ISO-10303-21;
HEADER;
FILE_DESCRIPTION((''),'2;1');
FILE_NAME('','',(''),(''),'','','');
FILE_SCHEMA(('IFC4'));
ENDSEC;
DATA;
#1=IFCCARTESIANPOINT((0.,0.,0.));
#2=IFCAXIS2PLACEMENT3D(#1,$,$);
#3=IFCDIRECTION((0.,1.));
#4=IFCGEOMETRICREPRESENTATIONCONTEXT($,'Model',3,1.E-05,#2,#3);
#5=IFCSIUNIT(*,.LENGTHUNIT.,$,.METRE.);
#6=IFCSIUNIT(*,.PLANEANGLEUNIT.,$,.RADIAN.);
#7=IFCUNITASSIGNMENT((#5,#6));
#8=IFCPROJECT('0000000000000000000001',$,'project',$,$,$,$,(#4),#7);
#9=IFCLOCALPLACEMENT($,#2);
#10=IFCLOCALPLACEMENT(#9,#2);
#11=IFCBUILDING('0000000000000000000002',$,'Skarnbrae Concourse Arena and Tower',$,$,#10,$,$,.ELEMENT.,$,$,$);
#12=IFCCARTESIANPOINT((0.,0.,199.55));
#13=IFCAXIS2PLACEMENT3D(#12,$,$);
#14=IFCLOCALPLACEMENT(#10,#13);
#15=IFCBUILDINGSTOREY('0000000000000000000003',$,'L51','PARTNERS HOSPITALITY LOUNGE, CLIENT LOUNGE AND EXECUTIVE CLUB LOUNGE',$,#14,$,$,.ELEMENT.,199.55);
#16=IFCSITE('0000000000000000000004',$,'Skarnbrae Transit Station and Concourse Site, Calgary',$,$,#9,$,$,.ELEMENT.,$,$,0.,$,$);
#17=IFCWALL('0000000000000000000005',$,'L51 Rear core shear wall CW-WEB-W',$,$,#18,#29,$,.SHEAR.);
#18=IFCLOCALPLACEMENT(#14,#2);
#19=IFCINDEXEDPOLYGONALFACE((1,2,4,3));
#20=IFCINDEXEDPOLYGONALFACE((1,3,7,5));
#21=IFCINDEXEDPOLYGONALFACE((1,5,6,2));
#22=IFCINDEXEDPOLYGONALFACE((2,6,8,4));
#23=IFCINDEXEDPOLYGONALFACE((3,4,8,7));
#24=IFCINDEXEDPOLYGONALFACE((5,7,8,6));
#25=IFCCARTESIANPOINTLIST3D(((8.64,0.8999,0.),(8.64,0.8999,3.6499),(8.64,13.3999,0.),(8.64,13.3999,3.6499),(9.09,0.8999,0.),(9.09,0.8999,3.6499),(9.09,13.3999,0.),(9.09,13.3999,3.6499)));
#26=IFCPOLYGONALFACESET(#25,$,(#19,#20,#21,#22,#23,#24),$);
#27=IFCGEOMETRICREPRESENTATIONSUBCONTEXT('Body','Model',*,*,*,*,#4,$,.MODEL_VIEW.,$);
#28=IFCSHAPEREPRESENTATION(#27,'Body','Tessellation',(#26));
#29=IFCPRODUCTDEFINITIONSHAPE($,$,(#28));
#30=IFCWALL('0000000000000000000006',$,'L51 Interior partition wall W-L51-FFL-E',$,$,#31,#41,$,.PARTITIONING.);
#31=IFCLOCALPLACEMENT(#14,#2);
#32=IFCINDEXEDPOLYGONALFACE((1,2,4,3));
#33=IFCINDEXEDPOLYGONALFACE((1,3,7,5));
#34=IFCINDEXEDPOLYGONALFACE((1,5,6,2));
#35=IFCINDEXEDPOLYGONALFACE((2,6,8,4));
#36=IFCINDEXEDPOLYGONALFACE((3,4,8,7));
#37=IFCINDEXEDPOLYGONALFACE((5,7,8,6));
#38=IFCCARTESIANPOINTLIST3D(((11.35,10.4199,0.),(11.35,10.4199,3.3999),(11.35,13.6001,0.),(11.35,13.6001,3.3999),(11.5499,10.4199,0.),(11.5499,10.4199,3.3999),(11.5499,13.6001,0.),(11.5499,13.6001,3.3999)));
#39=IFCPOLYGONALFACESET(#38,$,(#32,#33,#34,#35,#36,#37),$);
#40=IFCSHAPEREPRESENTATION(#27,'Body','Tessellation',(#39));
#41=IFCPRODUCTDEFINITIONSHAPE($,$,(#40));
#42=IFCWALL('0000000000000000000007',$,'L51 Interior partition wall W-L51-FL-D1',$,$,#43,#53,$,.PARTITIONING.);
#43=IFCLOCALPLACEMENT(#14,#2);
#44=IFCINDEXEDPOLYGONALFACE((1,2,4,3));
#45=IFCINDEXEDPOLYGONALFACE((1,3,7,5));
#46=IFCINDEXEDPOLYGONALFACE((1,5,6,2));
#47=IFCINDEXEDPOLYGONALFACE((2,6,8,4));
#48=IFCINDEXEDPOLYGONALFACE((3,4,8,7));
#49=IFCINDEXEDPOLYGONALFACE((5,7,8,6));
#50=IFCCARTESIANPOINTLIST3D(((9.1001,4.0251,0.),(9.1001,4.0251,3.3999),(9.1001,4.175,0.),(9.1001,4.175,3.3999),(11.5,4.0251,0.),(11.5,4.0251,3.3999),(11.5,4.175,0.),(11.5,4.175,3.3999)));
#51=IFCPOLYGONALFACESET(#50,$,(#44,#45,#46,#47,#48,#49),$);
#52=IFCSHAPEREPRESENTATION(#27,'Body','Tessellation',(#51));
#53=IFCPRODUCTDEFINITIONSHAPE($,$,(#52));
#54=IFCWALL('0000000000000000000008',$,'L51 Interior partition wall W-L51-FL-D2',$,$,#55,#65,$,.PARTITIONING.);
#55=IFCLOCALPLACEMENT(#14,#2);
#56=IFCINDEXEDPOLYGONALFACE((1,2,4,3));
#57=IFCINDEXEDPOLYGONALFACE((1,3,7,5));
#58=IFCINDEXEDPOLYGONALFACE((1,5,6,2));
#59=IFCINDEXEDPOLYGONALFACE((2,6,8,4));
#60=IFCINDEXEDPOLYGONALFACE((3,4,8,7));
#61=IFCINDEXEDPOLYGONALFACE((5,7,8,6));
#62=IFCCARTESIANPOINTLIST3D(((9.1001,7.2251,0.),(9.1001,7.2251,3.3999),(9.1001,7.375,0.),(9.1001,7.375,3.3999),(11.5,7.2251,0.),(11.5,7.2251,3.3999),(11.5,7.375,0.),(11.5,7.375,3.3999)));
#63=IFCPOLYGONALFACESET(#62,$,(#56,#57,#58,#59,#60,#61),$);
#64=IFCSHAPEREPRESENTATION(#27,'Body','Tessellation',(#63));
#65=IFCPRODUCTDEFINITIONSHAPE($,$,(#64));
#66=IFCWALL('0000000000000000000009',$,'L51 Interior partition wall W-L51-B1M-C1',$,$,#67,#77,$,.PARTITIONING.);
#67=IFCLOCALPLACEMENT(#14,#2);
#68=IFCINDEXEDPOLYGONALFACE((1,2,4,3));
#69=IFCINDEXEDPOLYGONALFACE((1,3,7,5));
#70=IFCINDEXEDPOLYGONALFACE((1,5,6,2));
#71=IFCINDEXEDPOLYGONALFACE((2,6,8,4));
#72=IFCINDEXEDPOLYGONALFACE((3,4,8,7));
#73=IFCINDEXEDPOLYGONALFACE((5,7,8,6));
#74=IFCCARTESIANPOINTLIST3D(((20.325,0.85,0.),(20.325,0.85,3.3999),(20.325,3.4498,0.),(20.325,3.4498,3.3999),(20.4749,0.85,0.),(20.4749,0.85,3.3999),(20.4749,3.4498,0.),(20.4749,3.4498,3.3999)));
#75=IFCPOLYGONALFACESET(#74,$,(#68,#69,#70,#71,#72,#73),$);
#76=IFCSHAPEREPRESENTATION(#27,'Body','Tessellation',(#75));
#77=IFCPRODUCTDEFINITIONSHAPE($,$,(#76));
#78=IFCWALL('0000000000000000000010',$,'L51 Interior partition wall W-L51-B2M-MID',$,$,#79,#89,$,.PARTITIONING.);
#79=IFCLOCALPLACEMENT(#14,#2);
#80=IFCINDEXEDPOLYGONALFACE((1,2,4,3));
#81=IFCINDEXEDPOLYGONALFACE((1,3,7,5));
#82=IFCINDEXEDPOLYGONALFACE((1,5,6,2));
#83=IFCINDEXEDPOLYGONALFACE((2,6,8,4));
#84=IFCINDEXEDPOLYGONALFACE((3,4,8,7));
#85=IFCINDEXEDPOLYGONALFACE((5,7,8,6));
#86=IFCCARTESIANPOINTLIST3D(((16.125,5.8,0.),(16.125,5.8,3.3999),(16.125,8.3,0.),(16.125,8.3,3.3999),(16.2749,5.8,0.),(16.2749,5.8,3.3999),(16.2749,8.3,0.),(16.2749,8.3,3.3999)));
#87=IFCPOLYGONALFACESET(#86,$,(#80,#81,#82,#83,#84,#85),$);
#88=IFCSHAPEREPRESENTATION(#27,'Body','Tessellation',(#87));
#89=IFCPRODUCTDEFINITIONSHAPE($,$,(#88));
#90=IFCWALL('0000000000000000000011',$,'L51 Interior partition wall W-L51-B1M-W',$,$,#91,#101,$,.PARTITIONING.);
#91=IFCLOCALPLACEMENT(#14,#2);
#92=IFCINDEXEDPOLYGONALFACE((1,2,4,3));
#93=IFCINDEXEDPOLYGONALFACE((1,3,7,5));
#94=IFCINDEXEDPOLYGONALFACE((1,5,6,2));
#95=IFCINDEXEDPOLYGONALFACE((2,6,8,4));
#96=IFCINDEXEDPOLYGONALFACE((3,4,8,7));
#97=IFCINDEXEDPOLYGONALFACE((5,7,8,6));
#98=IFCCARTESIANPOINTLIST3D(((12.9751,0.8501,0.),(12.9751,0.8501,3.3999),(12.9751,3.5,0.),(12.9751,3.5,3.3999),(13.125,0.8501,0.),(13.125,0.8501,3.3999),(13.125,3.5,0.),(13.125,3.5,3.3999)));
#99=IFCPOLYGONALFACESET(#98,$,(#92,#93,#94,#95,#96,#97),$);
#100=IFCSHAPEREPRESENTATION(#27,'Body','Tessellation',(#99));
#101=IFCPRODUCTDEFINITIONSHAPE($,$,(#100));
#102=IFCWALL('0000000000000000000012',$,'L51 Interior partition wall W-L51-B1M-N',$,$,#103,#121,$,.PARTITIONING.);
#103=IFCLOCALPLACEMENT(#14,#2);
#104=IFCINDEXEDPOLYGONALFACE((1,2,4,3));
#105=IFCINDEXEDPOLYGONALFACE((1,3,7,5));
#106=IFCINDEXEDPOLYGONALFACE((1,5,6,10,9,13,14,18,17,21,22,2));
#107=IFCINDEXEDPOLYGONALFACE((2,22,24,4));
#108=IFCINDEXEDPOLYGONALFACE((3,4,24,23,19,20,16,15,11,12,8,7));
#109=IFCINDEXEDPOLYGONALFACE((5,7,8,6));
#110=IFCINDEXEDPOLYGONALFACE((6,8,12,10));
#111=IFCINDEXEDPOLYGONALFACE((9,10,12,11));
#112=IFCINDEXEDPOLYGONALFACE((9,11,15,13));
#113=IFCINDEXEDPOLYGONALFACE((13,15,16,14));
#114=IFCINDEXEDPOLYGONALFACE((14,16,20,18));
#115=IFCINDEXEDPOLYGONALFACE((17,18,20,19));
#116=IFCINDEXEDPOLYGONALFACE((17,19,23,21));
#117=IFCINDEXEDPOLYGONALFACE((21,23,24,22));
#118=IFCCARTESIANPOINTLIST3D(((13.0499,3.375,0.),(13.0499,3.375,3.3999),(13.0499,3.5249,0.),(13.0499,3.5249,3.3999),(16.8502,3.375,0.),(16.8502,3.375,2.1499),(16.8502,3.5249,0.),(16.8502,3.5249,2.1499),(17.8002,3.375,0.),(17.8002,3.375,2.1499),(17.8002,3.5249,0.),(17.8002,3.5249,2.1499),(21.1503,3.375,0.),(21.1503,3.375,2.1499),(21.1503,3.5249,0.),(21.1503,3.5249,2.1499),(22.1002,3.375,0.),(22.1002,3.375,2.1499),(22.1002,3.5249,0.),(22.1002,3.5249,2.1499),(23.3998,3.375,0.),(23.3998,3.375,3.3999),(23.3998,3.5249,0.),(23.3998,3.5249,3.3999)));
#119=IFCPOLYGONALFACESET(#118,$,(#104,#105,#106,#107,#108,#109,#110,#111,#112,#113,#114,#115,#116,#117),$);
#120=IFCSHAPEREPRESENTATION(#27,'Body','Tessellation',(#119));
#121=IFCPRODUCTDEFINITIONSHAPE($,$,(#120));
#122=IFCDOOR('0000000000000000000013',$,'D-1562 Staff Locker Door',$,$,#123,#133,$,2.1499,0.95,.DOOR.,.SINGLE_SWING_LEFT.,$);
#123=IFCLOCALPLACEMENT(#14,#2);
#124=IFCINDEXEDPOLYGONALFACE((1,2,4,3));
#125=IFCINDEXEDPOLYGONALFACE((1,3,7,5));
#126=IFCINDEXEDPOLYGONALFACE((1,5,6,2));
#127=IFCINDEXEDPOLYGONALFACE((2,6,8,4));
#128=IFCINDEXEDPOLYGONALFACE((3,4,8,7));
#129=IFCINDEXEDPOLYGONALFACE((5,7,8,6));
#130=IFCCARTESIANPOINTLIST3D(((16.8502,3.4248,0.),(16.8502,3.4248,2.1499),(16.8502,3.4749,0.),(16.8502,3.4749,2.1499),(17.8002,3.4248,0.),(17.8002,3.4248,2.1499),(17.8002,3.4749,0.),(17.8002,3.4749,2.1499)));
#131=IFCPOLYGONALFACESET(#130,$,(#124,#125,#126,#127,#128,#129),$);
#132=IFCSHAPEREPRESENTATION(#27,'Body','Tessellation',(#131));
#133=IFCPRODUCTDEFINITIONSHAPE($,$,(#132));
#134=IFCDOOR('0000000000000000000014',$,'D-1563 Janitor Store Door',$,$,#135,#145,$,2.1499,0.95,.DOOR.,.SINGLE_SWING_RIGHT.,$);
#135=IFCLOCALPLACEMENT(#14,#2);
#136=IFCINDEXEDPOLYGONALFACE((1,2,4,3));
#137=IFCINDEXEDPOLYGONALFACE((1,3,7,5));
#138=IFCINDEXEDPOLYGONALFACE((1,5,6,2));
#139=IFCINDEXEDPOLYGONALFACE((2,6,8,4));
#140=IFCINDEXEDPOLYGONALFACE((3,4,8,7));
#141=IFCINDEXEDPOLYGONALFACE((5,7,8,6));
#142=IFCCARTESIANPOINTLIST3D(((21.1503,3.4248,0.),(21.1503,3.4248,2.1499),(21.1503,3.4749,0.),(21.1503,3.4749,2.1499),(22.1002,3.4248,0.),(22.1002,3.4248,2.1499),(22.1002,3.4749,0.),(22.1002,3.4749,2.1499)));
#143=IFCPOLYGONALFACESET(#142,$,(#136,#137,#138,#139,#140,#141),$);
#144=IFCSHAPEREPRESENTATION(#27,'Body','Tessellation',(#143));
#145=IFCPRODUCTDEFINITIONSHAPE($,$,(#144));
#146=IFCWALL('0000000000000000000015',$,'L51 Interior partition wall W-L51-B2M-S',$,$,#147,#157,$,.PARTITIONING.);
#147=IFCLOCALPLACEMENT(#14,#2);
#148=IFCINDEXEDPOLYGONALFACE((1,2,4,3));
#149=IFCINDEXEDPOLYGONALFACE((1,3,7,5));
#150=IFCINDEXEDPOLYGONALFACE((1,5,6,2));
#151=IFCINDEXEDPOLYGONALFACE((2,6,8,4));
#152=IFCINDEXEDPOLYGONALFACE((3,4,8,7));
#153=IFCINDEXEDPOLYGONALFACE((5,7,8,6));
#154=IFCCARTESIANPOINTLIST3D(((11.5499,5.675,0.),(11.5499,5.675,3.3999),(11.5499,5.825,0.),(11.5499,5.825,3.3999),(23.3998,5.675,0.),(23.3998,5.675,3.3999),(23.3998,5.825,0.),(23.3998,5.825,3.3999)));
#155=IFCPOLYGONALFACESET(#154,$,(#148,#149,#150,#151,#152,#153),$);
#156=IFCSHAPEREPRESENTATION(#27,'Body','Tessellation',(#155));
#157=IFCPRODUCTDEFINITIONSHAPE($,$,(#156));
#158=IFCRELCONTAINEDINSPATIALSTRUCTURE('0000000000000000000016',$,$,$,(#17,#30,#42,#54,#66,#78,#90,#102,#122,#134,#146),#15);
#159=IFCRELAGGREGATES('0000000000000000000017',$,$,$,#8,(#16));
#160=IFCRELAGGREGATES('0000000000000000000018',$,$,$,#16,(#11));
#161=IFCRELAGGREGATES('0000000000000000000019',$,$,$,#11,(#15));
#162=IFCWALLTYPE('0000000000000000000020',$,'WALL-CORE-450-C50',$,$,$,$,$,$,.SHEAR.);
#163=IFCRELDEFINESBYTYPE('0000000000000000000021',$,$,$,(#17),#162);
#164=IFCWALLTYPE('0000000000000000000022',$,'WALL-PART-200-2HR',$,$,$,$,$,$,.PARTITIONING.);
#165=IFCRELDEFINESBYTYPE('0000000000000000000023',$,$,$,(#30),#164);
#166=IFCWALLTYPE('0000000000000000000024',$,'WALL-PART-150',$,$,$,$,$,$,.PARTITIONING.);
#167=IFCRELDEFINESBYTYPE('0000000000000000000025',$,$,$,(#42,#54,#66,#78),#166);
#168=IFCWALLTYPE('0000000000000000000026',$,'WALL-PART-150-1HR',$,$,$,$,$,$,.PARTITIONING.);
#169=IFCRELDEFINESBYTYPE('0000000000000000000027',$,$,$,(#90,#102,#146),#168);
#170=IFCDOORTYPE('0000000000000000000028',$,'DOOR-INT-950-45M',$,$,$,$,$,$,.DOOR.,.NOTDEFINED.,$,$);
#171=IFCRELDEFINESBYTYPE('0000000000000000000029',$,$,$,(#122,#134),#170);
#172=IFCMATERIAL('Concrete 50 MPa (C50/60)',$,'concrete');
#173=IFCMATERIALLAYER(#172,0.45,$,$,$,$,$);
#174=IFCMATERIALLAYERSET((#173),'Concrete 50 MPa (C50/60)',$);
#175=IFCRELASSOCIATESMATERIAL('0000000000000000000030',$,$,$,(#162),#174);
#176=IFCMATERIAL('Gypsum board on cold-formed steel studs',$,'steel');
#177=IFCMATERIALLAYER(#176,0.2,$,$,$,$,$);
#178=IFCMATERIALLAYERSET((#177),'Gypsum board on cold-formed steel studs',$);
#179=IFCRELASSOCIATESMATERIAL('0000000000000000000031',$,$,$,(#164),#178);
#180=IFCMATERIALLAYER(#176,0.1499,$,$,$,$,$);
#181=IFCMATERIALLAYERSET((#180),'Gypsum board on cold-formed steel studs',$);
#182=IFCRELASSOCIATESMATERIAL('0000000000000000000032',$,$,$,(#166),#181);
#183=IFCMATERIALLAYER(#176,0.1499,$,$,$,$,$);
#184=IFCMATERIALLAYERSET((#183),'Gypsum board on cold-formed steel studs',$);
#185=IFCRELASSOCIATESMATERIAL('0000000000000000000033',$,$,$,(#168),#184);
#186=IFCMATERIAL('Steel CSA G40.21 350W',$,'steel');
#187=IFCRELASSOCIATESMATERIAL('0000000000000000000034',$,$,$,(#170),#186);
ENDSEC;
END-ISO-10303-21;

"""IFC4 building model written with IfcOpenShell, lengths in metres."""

from ifc_helpers import new_model, si_unit, direction, frame, frame_2d, origin, place, context, subcontext, project, spatial, rectangle, extrude, source, transform, mapped, material, layer, layer_set, type_object, element, fill, save


model = new_model("IFC4")

# Units and contexts
model_context = context("Model", 3, precision=1e-05, world=origin(), true_north=direction((0.0, 1.0)))
body_context = subcontext(model_context, "Body", "Model", "MODEL_VIEW")
ifc_project = project(units=[si_unit("LENGTHUNIT", "METRE"), si_unit("PLANEANGLEUNIT", "RADIAN")], contexts=[model_context])

# Site, building, storey
site_placement = place(None, origin())
site = spatial("IfcSite", under=ifc_project, at=site_placement, Name="Skarnbrae Transit Station and Concourse Site, Calgary", CompositionType="ELEMENT", RefElevation=0.0)
building_placement = place(site_placement, origin())
building = spatial("IfcBuilding", under=site, at=building_placement, Name="Skarnbrae Concourse Arena and Tower", CompositionType="ELEMENT")
storey_placement = place(building_placement, frame((0.0, 0.0, 199.55)))
storey = spatial("IfcBuildingStorey", under=building, at=storey_placement, Name="L51", Description="PARTNERS HOSPITALITY LOUNGE, CLIENT LOUNGE AND EXECUTIVE CLUB LOUNGE", CompositionType="ELEMENT", Elevation=199.55)

# Walls
ifc_material_1 = material(Name="Concrete 50 MPa (C50/60)", Category="concrete")
ifc_layer_1 = layer(ifc_material_1, 0.45)
ifc_layer_set_1 = layer_set([ifc_layer_1], Name="Concrete 50 MPa (C50/60)")
wall_type_1 = type_object("IfcWallType", Name="WALL-CORE-450-C50", PredefinedType="SHEAR", material=ifc_layer_set_1)
shared_shape_1 = source(origin(), body_context, "Body", "SweptSolid", [
    extrude(rectangle(XDim=12.5, YDim=0.45, at=frame_2d((6.25, 0.0))), origin(), (0.0, 0.0, 1.0), 3.6499),
])
wall_1_placement = place(storey_placement, frame((8.865, 0.8999, 0.0), z_axis=(0.0, 0.0, 1.0), x_axis=(0.0, 1.0, 0.0)))
element("IfcWall", 1, at=wall_1_placement, inside=storey, type_object=wall_type_1, Name="L51 Rear core shear wall CW-WEB-W", PredefinedType="SHEAR", context=body_context, shape_type="MappedRepresentation", body=[
    mapped(shared_shape_1, transform((0.0, 0.0, 0.0))),
])
ifc_material_2 = material(Name="Gypsum board on cold-formed steel studs", Category="steel")
ifc_layer_2 = layer(ifc_material_2, 0.2)
ifc_layer_set_2 = layer_set([ifc_layer_2], Name="Gypsum board on cold-formed steel studs")
wall_type_2 = type_object("IfcWallType", Name="WALL-PART-200-2HR", PredefinedType="PARTITIONING", material=ifc_layer_set_2)
shared_shape_2 = source(origin(), body_context, "Body", "SweptSolid", [
    extrude(rectangle(XDim=3.1802, YDim=0.2, at=frame_2d((1.5901, 0.0))), origin(), (0.0, 0.0, 1.0), 3.3999),
])
wall_2_placement = place(storey_placement, frame((11.45, 10.4199, 0.0), z_axis=(0.0, 0.0, 1.0), x_axis=(0.0, 1.0, 0.0)))
element("IfcWall", 2, at=wall_2_placement, inside=storey, type_object=wall_type_2, Name="L51 Interior partition wall W-L51-FFL-E", PredefinedType="PARTITIONING", context=body_context, shape_type="MappedRepresentation", body=[
    mapped(shared_shape_2, transform((0.0, 0.0, 0.0))),
])

# Shared definitions
ifc_material_3 = material(Name="Steel CSA G40.21 350W", Category="steel")

# Walls
ifc_layer_3 = layer(ifc_material_2, 0.1499)
ifc_layer_set_3 = layer_set([ifc_layer_3], Name="Gypsum board on cold-formed steel studs")
wall_type_3 = type_object("IfcWallType", Name="WALL-PART-150", PredefinedType="PARTITIONING", material=ifc_layer_set_3)
shared_shape_3 = source(origin(), body_context, "Body", "SweptSolid", [
    extrude(rectangle(XDim=2.3999, YDim=0.1499, at=frame_2d((1.2, 0.0))), origin(), (0.0, 0.0, 1.0), 3.3999),
])
for number, where, z_axis, x_axis, name in (
    (3, (9.1001, 4.1001, 0.0), (0.0, 0.0, 1.0), (1.0, 0.0, 0.0), "L51 Interior partition wall W-L51-FL-D1"),
    (4, (9.1001, 7.3, 0.0), (0.0, 0.0, 1.0), (1.0, 0.0, 0.0), "L51 Interior partition wall W-L51-FL-D2"),
):
    element("IfcWall", number, at=place(storey_placement, frame(where, z_axis=z_axis, x_axis=x_axis)), inside=storey, type_object=wall_type_3, Name=name, PredefinedType="PARTITIONING", context=body_context, shape_type="MappedRepresentation", body=[
        mapped(shared_shape_3, transform((0.0, 0.0, 0.0))),
    ])
shared_shape_4 = source(origin(), body_context, "Body", "SweptSolid", [
    extrude(rectangle(XDim=2.5999, YDim=0.1499, at=frame_2d((1.2998, 0.0))), origin(), (0.0, 0.0, 1.0), 3.3999),
])
wall_3_placement = place(storey_placement, frame((20.3999, 0.8501, 0.0), z_axis=(0.0, 0.0, 1.0), x_axis=(0.0, 1.0, 0.0)))
element("IfcWall", 5, at=wall_3_placement, inside=storey, type_object=wall_type_3, Name="L51 Interior partition wall W-L51-B1M-C1", PredefinedType="PARTITIONING", context=body_context, shape_type="MappedRepresentation", body=[
    mapped(shared_shape_4, transform((0.0, 0.0, 0.0))),
])
shared_shape_5 = source(origin(), body_context, "Body", "SweptSolid", [
    extrude(rectangle(XDim=2.5, YDim=0.1499, at=frame_2d((1.25, 0.0))), origin(), (0.0, 0.0, 1.0), 3.3999),
])
wall_4_placement = place(storey_placement, frame((16.2, 5.8, 0.0), z_axis=(0.0, 0.0, 1.0), x_axis=(0.0, 1.0, 0.0)))
element("IfcWall", 6, at=wall_4_placement, inside=storey, type_object=wall_type_3, Name="L51 Interior partition wall W-L51-B2M-MID", PredefinedType="PARTITIONING", context=body_context, shape_type="MappedRepresentation", body=[
    mapped(shared_shape_5, transform((0.0, 0.0, 0.0))),
])
ifc_layer_4 = layer(ifc_material_2, 0.1499)
ifc_layer_set_4 = layer_set([ifc_layer_4], Name="Gypsum board on cold-formed steel studs")
wall_type_4 = type_object("IfcWallType", Name="WALL-PART-150-1HR", PredefinedType="PARTITIONING", material=ifc_layer_set_4)
shared_shape_6 = source(origin(), body_context, "Body", "SweptSolid", [
    extrude(rectangle(XDim=2.6499, YDim=0.1499, at=frame_2d((1.325, 0.0))), origin(), (0.0, 0.0, 1.0), 3.3999),
])
wall_5_placement = place(storey_placement, frame((13.05, 0.8501, 0.0), z_axis=(0.0, 0.0, 1.0), x_axis=(0.0, 1.0, 0.0)))
element("IfcWall", 7, at=wall_5_placement, inside=storey, type_object=wall_type_4, Name="L51 Interior partition wall W-L51-B1M-W", PredefinedType="PARTITIONING", context=body_context, shape_type="MappedRepresentation", body=[
    mapped(shared_shape_6, transform((0.0, 0.0, 0.0))),
])

# Wall, openings, doors
shared_shape_7 = source(origin(), body_context, "Body", "SweptSolid", [
    extrude(rectangle(XDim=10.3499, YDim=0.1499, at=frame_2d((5.1748, 0.0))), origin(), (0.0, 0.0, 1.0), 3.3999),
])
wall_6_placement = place(storey_placement, frame((13.05, 3.45, 0.0), z_axis=(0.0, 0.0, 1.0), x_axis=(1.0, 0.0, 0.0)))
wall_6 = element("IfcWall", 8, at=wall_6_placement, inside=storey, type_object=wall_type_4, Name="L51 Interior partition wall W-L51-B1M-N", PredefinedType="PARTITIONING", context=body_context, shape_type="MappedRepresentation", body=[
    mapped(shared_shape_7, transform((0.0, 0.0, 0.0))),
])
opening_1_placement = place(wall_6_placement, frame((3.8, 0.0, 0.0)))
opening_1 = element("IfcOpeningElement", 9, at=opening_1_placement, cuts=wall_6, PredefinedType="OPENING", context=body_context, shape_type="SweptSolid", body=[
    extrude(rectangle(XDim=0.95, YDim=2.1499, at=frame_2d((0.4751, 1.075))), frame((0.0, 0.085, 0.0), z_axis=(0.0, -1.0, 0.0), x_axis=(1.0, 0.0, 0.0)), (0.0, 0.0, 1.0), 0.1699),
])
opening_2_placement = place(wall_6_placement, frame((8.1001, 0.0, 0.0)))
opening_2 = element("IfcOpeningElement", 10, at=opening_2_placement, cuts=wall_6, PredefinedType="OPENING", context=body_context, shape_type="SweptSolid", body=[
    extrude(rectangle(XDim=0.95, YDim=2.1499, at=frame_2d((0.4751, 1.075))), frame((0.0, 0.085, 0.0), z_axis=(0.0, -1.0, 0.0), x_axis=(1.0, 0.0, 0.0)), (0.0, 0.0, 1.0), 0.1699),
])
door_type_1 = type_object("IfcDoorType", Name="DOOR-INT-950-45M", OperationType="NOTDEFINED", PredefinedType="DOOR", material=ifc_material_3)
shared_shape_8 = source(origin(), body_context, "Body", "SweptSolid", [
    extrude(rectangle(XDim=0.95, YDim=2.1499, at=frame_2d((0.4751, 1.075))), frame((0.0, 0.0249, 0.0), z_axis=(0.0, -1.0, 0.0), x_axis=(1.0, 0.0, 0.0)), (0.0, 0.0, 1.0), 0.05),
])
door_1_placement = place(opening_1_placement, origin())
door_1 = element("IfcDoor", 11, at=door_1_placement, inside=storey, type_object=door_type_1, Name="D-1562 Staff Locker Door", OperationType="SINGLE_SWING_LEFT", OverallHeight=2.1499, OverallWidth=0.95, PredefinedType="DOOR", context=body_context, shape_type="MappedRepresentation", body=[
    mapped(shared_shape_8, transform((0.0, 0.0, 0.0))),
])
fill(opening_1, door_1)
door_2_placement = place(opening_2_placement, origin())
door_2 = element("IfcDoor", 12, at=door_2_placement, inside=storey, type_object=door_type_1, Name="D-1563 Janitor Store Door", OperationType="SINGLE_SWING_RIGHT", OverallHeight=2.1499, OverallWidth=0.95, PredefinedType="DOOR", context=body_context, shape_type="MappedRepresentation", body=[
    mapped(shared_shape_8, transform((0.0, 0.0, 0.0))),
])
fill(opening_2, door_2)

# Wall
shared_shape_9 = source(origin(), body_context, "Body", "SweptSolid", [
    extrude(rectangle(XDim=11.8499, YDim=0.1499, at=frame_2d((5.9248, 0.0))), origin(), (0.0, 0.0, 1.0), 3.3999),
])
wall_7_placement = place(storey_placement, frame((11.55, 5.75, 0.0), z_axis=(0.0, 0.0, 1.0), x_axis=(1.0, 0.0, 0.0)))
element("IfcWall", 13, at=wall_7_placement, inside=storey, type_object=wall_type_4, Name="L51 Interior partition wall W-L51-B2M-S", PredefinedType="PARTITIONING", context=body_context, shape_type="MappedRepresentation", body=[
    mapped(shared_shape_9, transform((0.0, 0.0, 0.0))),
])

save(model, "model.ifc")
